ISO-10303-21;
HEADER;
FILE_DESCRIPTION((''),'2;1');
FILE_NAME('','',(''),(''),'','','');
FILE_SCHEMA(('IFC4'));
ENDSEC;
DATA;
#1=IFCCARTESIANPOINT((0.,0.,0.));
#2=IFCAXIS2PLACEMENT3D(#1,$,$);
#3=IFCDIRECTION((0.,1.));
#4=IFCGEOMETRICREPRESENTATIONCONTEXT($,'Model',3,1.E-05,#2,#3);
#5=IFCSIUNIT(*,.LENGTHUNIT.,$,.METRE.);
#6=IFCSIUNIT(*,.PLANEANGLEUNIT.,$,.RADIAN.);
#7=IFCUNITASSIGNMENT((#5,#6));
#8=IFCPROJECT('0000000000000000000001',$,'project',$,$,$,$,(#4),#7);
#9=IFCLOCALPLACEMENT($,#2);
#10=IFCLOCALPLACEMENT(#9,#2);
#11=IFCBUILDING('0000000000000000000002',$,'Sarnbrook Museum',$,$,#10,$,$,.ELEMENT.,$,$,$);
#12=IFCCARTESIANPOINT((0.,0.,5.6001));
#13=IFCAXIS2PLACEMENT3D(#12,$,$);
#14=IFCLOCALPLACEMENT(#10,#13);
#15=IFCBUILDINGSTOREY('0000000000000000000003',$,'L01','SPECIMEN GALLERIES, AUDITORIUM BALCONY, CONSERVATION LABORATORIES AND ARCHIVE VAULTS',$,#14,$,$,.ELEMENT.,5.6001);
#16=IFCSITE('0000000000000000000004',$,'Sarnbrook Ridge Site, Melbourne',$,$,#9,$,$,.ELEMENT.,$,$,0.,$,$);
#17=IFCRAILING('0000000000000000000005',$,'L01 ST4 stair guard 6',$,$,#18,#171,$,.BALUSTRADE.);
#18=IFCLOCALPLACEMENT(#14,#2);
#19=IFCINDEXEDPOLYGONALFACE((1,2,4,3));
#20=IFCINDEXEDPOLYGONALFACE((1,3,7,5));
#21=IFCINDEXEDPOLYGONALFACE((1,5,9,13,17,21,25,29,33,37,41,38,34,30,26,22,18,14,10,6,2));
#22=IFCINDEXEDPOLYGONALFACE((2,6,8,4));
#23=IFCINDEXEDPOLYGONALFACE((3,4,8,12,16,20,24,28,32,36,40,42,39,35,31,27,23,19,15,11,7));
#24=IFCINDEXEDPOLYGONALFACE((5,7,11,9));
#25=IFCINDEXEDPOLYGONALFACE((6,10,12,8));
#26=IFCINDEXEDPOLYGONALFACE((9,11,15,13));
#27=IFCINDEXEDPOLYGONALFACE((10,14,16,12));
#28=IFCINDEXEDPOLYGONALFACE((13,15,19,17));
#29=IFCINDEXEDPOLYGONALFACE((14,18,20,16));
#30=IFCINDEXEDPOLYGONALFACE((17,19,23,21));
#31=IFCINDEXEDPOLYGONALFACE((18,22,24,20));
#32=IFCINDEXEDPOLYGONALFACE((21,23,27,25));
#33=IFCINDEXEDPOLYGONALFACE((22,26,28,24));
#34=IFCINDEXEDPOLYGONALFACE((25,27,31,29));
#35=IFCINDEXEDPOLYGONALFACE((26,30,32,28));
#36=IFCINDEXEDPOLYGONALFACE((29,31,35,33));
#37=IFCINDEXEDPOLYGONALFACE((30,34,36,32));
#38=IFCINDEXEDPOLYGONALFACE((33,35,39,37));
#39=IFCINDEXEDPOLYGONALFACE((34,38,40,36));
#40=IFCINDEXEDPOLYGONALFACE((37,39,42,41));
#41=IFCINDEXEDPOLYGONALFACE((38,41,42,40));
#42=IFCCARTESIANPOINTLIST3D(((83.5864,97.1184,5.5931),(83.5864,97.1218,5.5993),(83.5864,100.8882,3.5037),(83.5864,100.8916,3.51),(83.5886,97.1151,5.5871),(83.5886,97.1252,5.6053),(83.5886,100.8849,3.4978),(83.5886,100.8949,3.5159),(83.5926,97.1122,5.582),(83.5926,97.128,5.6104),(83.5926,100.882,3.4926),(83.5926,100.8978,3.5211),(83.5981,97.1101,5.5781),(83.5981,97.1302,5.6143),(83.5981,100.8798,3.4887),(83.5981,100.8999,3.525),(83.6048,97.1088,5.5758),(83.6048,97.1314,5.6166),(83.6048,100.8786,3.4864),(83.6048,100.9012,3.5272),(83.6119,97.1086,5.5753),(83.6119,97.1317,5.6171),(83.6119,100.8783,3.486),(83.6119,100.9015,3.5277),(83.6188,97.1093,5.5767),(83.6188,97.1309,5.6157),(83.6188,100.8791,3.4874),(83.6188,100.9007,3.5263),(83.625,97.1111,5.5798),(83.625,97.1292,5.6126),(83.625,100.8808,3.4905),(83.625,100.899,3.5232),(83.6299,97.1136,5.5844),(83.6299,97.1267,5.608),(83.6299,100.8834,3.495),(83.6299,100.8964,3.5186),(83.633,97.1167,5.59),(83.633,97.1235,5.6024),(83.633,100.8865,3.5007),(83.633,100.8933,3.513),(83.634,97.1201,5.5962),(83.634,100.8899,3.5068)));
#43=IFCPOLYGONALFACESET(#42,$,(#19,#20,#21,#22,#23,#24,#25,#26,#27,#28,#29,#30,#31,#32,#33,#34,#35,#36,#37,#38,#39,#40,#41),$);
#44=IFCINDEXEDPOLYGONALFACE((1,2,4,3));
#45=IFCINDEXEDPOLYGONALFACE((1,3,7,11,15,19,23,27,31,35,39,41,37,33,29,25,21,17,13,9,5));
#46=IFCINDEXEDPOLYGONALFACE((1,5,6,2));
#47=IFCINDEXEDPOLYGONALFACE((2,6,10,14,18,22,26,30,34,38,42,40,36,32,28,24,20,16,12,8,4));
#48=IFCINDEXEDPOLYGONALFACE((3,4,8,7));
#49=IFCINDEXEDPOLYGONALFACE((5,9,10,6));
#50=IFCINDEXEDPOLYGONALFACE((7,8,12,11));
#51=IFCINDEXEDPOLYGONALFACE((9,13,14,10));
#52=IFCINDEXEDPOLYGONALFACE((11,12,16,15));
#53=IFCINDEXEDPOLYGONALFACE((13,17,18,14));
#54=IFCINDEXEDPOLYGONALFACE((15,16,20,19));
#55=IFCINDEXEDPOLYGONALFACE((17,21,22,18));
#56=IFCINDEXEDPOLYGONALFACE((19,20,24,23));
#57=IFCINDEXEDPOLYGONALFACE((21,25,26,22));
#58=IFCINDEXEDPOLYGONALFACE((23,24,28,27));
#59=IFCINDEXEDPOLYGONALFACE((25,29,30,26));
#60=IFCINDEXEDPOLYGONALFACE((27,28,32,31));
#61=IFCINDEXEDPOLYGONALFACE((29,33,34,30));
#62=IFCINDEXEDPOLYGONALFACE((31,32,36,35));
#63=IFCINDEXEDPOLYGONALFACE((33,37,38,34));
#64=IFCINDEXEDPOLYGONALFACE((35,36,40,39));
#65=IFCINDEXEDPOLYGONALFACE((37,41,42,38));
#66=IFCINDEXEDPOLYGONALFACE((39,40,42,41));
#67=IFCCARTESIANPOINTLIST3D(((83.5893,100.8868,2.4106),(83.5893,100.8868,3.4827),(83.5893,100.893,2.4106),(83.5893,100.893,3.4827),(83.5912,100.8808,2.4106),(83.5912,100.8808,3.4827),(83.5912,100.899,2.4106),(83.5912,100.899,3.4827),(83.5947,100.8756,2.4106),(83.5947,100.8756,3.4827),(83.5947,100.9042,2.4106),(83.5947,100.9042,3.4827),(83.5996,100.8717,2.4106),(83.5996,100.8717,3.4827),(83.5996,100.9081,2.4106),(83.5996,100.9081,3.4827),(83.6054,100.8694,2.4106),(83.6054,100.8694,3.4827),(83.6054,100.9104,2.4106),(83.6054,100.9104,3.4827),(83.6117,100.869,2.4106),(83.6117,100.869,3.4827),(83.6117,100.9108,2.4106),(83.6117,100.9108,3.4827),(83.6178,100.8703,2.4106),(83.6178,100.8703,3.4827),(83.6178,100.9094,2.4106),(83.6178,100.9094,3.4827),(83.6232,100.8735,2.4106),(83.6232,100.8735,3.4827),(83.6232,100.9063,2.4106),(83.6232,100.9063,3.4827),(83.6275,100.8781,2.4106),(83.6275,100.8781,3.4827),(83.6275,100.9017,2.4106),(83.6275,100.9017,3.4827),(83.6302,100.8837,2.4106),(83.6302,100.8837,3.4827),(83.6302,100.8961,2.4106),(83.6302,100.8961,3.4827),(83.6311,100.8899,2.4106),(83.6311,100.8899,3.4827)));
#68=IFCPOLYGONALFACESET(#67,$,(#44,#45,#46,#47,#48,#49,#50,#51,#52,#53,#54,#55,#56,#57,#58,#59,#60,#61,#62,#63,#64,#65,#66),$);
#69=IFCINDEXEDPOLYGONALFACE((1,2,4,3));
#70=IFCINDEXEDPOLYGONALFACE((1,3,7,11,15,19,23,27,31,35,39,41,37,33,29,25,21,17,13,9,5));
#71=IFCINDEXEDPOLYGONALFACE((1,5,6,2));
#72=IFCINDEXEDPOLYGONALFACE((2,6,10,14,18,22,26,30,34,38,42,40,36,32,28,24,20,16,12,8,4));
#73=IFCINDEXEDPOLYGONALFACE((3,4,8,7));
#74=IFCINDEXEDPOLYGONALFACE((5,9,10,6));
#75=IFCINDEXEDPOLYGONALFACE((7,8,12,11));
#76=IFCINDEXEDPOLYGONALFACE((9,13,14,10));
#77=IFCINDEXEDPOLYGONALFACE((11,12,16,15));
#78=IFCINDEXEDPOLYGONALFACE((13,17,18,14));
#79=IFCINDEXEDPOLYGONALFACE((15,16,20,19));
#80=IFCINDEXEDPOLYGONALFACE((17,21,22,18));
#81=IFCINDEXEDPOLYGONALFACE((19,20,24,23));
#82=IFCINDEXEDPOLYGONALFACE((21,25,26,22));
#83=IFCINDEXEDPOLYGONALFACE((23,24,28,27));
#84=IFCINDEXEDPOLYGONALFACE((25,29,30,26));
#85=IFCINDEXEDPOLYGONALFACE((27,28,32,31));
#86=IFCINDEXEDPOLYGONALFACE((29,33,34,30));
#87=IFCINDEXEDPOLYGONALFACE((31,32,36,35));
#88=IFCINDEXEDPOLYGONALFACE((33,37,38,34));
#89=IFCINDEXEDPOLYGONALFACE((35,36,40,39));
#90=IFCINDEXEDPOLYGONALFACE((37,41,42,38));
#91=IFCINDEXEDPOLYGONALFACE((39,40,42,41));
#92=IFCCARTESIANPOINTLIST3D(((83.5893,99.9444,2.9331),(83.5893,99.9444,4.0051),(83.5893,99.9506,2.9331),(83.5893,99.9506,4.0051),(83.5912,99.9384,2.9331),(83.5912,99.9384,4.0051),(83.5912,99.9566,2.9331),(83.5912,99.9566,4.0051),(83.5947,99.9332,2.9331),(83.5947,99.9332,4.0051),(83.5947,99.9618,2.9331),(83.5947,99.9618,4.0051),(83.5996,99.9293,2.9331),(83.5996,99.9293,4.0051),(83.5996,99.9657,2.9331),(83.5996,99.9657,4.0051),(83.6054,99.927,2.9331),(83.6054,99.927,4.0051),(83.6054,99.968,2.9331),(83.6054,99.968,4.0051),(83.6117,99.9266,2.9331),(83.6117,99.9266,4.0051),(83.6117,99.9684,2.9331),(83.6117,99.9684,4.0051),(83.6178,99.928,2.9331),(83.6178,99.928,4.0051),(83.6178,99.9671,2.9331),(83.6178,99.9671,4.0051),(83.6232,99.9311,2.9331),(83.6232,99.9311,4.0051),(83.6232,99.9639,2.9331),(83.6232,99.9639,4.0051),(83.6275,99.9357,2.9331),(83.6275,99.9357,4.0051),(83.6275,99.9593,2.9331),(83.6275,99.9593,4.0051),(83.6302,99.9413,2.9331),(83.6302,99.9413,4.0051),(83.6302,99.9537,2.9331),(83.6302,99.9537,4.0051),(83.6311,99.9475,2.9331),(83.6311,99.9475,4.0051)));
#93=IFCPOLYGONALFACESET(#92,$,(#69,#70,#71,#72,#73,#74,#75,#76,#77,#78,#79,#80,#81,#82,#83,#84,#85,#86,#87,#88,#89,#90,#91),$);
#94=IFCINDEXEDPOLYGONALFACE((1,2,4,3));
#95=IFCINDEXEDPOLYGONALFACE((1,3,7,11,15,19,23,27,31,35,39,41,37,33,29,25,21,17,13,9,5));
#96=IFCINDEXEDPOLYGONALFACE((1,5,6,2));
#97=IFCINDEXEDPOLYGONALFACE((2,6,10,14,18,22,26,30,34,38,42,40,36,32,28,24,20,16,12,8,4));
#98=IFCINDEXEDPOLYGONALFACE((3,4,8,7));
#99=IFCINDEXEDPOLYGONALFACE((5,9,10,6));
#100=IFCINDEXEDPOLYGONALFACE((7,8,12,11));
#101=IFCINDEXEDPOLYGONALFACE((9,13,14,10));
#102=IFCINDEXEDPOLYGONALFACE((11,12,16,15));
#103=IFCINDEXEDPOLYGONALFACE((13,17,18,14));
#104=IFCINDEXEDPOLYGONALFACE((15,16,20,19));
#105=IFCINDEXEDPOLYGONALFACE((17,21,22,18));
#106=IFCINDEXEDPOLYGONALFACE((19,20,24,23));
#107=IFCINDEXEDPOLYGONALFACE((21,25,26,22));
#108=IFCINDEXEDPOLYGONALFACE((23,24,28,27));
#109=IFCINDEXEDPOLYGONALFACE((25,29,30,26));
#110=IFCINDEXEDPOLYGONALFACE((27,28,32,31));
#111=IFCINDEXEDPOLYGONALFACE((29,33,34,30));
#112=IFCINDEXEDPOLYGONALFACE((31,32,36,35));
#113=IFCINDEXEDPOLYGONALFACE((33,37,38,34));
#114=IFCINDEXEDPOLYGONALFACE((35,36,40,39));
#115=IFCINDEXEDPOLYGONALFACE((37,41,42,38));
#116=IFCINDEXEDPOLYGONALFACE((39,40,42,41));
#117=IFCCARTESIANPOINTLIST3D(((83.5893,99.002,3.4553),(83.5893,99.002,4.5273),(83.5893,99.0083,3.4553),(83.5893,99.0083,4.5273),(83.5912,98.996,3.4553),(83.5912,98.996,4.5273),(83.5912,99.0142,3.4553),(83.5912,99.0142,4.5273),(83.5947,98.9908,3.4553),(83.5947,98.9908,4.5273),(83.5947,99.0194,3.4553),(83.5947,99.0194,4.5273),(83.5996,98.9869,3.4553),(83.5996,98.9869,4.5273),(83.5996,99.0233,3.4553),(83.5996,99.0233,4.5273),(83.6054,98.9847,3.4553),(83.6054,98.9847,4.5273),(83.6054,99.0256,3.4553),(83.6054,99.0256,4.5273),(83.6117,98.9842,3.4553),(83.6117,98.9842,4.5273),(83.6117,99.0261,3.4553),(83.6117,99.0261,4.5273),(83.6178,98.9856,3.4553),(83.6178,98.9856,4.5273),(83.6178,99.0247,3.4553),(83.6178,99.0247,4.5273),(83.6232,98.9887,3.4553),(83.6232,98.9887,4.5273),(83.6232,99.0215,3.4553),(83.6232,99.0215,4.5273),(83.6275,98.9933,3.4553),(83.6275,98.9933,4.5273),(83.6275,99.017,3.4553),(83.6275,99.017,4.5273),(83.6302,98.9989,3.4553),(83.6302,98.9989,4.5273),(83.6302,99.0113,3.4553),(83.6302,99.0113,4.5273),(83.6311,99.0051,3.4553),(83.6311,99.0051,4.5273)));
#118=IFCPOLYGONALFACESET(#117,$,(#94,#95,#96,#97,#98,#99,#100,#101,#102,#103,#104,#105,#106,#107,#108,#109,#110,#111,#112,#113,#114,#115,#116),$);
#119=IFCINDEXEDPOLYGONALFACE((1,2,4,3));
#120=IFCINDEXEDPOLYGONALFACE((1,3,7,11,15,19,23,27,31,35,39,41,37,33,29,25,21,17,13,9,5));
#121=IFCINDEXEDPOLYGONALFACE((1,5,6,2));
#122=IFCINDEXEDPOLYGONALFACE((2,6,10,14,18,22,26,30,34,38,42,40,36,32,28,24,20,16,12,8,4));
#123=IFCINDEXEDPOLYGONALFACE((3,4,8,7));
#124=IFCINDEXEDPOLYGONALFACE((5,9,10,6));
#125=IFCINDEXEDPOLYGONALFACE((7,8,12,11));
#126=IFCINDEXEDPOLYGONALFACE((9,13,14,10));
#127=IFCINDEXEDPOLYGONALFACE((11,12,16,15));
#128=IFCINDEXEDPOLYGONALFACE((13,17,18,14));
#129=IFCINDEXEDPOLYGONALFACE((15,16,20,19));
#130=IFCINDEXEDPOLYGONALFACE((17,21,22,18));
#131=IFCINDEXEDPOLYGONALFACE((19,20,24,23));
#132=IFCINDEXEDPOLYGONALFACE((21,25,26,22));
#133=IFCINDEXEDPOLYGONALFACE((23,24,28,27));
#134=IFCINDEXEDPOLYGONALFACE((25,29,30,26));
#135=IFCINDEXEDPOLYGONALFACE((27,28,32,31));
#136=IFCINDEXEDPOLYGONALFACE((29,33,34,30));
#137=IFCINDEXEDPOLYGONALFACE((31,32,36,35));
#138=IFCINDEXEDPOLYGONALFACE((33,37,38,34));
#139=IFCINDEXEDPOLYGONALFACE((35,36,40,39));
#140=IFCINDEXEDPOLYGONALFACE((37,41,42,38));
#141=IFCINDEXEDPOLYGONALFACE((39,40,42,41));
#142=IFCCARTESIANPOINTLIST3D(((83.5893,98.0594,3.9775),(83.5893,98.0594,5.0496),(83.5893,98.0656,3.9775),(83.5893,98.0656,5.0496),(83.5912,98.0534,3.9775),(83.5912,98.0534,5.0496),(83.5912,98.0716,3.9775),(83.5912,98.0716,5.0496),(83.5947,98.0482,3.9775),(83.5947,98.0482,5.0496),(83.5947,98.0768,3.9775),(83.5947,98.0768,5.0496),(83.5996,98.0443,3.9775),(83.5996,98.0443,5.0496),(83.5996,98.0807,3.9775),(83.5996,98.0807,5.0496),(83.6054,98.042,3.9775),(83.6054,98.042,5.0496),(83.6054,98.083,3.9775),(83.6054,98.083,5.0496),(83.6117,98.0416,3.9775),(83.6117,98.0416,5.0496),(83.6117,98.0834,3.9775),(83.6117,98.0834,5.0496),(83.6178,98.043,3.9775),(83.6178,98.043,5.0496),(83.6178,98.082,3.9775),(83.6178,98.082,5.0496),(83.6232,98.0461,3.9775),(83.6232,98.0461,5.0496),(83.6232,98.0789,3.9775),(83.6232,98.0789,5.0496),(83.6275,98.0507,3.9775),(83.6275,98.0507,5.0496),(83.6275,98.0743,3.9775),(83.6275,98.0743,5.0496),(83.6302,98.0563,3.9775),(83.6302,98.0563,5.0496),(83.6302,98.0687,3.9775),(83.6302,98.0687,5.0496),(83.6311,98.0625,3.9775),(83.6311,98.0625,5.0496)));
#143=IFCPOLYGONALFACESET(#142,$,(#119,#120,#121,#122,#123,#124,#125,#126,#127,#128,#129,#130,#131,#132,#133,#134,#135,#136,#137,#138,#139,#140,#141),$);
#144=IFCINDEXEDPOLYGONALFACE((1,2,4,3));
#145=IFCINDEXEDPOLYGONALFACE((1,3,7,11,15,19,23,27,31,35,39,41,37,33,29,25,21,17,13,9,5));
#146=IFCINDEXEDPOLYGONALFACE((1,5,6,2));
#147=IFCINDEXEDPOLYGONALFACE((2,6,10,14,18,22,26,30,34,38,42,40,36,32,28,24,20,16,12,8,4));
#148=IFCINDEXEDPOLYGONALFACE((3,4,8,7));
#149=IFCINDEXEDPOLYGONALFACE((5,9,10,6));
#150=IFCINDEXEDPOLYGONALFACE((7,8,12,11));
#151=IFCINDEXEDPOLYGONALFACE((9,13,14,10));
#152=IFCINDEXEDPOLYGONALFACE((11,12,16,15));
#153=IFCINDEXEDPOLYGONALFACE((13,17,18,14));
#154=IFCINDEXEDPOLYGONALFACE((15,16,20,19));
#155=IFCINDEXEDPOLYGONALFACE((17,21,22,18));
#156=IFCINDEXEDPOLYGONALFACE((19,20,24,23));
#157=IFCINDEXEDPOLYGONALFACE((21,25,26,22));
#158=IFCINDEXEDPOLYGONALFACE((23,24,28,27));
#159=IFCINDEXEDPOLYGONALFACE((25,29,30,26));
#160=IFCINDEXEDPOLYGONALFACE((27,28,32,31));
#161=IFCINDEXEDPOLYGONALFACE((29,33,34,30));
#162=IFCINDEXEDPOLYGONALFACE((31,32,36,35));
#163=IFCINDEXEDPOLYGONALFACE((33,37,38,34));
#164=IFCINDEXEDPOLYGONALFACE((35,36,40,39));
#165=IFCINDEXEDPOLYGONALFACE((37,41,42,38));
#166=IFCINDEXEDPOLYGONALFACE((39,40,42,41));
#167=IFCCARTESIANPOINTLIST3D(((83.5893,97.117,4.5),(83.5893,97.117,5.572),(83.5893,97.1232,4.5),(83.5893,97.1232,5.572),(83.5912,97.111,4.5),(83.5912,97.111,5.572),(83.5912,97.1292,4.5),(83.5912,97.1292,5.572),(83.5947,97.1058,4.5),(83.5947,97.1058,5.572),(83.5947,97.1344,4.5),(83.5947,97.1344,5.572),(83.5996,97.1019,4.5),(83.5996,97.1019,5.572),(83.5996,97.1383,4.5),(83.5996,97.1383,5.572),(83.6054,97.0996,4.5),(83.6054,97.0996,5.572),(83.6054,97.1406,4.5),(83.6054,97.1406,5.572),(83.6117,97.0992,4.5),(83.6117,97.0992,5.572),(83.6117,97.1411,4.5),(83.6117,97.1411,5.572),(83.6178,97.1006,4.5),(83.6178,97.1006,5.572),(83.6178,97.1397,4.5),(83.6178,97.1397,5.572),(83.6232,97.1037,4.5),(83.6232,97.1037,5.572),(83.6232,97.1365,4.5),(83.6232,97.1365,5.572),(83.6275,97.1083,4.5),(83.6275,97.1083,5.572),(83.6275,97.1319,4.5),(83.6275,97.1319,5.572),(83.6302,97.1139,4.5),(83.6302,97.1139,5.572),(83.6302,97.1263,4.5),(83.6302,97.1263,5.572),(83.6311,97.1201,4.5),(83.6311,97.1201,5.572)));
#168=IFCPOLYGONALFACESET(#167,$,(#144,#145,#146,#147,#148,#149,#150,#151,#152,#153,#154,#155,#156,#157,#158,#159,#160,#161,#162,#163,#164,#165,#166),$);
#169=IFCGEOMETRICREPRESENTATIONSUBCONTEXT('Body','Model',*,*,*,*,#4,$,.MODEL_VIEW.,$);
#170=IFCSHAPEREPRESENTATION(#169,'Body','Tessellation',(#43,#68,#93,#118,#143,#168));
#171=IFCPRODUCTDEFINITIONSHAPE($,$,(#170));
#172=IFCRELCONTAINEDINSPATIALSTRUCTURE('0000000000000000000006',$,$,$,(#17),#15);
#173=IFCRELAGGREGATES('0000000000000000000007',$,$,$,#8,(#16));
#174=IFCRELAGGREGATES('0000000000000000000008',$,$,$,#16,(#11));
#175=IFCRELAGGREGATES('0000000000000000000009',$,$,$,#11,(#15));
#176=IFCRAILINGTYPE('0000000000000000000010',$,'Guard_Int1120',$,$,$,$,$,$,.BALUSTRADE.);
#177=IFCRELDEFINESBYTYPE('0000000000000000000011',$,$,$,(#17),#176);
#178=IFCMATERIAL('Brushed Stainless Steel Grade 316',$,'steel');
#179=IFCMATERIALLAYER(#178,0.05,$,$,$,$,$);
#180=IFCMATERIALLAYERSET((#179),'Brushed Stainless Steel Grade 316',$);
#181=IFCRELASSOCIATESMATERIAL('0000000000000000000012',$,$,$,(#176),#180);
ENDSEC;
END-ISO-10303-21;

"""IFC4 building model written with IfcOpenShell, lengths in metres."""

from ifc_helpers import new_model, si_unit, direction, frame, origin, origin_2d, place, context, subcontext, project, spatial, circle, extrude, material, layer, layer_set, type_object, element, save


model = new_model("IFC4")

# Units and contexts
model_context = context("Model", 3, precision=1e-05, world=origin(), true_north=direction((0.0, 1.0)))
body_context = subcontext(model_context, "Body", "Model", "MODEL_VIEW")
ifc_project = project(units=[si_unit("LENGTHUNIT", "METRE"), si_unit("PLANEANGLEUNIT", "RADIAN")], contexts=[model_context])

# Site, building, storey
site_placement = place(None, origin())
site = spatial("IfcSite", under=ifc_project, at=site_placement, Name="Sarnbrook Ridge Site, Melbourne", CompositionType="ELEMENT", RefElevation=0.0)
building_placement = place(site_placement, origin())
building = spatial("IfcBuilding", under=site, at=building_placement, Name="Sarnbrook Museum", CompositionType="ELEMENT")
storey_placement = place(building_placement, frame((0.0, 0.0, 5.6001)))
storey = spatial("IfcBuildingStorey", under=building, at=storey_placement, Name="L01", Description="SPECIMEN GALLERIES, AUDITORIUM BALCONY, CONSERVATION LABORATORIES AND ARCHIVE VAULTS", CompositionType="ELEMENT", Elevation=5.6001)

# Shared definitions
ifc_material_1 = material(Name="Brushed Stainless Steel Grade 316", Category="steel")

# Railing
ifc_layer_1 = layer(ifc_material_1, 0.05)
ifc_layer_set_1 = layer_set([ifc_layer_1], Name="Brushed Stainless Steel Grade 316")
railing_type_1 = type_object("IfcRailingType", Name="Guard_Int1120", PredefinedType="BALUSTRADE", material=ifc_layer_set_1)
railing_1_placement = place(storey_placement, frame((83.6101, 100.8899, 2.4106)))
element("IfcRailing", 1, at=railing_1_placement, inside=storey, type_object=railing_type_1, Name="L01 ST4 stair guard 6", PredefinedType="BALUSTRADE", context=body_context, shape_type="SweptSolid", body=[
    extrude(circle(Radius=0.0239, at=origin_2d()), frame((0.0, 0.0, 1.0962), z_axis=(0.0, -0.874646, 0.484763), x_axis=(1.0, 0.0, 0.0)), (0.0, 0.0, 1.0), 4.3101),
    extrude(circle(Radius=0.021, at=origin_2d()), origin(), (0.0, 0.0, 1.0), 1.072),
    extrude(circle(Radius=0.021, at=origin_2d()), frame((0.0, -0.9424, 0.5225)), (0.0, 0.0, 1.0), 1.072),
    extrude(circle(Radius=0.021, at=origin_2d()), frame((0.0, -1.8848, 1.0447)), (0.0, 0.0, 1.0), 1.072),
    extrude(circle(Radius=0.021, at=origin_2d()), frame((0.0, -2.8274, 1.5669)), (0.0, 0.0, 1.0), 1.072),
    extrude(circle(Radius=0.021, at=origin_2d()), frame((0.0, -3.7698, 2.0894)), (0.0, 0.0, 1.0), 1.072),
])

save(model, "model.ifc")
